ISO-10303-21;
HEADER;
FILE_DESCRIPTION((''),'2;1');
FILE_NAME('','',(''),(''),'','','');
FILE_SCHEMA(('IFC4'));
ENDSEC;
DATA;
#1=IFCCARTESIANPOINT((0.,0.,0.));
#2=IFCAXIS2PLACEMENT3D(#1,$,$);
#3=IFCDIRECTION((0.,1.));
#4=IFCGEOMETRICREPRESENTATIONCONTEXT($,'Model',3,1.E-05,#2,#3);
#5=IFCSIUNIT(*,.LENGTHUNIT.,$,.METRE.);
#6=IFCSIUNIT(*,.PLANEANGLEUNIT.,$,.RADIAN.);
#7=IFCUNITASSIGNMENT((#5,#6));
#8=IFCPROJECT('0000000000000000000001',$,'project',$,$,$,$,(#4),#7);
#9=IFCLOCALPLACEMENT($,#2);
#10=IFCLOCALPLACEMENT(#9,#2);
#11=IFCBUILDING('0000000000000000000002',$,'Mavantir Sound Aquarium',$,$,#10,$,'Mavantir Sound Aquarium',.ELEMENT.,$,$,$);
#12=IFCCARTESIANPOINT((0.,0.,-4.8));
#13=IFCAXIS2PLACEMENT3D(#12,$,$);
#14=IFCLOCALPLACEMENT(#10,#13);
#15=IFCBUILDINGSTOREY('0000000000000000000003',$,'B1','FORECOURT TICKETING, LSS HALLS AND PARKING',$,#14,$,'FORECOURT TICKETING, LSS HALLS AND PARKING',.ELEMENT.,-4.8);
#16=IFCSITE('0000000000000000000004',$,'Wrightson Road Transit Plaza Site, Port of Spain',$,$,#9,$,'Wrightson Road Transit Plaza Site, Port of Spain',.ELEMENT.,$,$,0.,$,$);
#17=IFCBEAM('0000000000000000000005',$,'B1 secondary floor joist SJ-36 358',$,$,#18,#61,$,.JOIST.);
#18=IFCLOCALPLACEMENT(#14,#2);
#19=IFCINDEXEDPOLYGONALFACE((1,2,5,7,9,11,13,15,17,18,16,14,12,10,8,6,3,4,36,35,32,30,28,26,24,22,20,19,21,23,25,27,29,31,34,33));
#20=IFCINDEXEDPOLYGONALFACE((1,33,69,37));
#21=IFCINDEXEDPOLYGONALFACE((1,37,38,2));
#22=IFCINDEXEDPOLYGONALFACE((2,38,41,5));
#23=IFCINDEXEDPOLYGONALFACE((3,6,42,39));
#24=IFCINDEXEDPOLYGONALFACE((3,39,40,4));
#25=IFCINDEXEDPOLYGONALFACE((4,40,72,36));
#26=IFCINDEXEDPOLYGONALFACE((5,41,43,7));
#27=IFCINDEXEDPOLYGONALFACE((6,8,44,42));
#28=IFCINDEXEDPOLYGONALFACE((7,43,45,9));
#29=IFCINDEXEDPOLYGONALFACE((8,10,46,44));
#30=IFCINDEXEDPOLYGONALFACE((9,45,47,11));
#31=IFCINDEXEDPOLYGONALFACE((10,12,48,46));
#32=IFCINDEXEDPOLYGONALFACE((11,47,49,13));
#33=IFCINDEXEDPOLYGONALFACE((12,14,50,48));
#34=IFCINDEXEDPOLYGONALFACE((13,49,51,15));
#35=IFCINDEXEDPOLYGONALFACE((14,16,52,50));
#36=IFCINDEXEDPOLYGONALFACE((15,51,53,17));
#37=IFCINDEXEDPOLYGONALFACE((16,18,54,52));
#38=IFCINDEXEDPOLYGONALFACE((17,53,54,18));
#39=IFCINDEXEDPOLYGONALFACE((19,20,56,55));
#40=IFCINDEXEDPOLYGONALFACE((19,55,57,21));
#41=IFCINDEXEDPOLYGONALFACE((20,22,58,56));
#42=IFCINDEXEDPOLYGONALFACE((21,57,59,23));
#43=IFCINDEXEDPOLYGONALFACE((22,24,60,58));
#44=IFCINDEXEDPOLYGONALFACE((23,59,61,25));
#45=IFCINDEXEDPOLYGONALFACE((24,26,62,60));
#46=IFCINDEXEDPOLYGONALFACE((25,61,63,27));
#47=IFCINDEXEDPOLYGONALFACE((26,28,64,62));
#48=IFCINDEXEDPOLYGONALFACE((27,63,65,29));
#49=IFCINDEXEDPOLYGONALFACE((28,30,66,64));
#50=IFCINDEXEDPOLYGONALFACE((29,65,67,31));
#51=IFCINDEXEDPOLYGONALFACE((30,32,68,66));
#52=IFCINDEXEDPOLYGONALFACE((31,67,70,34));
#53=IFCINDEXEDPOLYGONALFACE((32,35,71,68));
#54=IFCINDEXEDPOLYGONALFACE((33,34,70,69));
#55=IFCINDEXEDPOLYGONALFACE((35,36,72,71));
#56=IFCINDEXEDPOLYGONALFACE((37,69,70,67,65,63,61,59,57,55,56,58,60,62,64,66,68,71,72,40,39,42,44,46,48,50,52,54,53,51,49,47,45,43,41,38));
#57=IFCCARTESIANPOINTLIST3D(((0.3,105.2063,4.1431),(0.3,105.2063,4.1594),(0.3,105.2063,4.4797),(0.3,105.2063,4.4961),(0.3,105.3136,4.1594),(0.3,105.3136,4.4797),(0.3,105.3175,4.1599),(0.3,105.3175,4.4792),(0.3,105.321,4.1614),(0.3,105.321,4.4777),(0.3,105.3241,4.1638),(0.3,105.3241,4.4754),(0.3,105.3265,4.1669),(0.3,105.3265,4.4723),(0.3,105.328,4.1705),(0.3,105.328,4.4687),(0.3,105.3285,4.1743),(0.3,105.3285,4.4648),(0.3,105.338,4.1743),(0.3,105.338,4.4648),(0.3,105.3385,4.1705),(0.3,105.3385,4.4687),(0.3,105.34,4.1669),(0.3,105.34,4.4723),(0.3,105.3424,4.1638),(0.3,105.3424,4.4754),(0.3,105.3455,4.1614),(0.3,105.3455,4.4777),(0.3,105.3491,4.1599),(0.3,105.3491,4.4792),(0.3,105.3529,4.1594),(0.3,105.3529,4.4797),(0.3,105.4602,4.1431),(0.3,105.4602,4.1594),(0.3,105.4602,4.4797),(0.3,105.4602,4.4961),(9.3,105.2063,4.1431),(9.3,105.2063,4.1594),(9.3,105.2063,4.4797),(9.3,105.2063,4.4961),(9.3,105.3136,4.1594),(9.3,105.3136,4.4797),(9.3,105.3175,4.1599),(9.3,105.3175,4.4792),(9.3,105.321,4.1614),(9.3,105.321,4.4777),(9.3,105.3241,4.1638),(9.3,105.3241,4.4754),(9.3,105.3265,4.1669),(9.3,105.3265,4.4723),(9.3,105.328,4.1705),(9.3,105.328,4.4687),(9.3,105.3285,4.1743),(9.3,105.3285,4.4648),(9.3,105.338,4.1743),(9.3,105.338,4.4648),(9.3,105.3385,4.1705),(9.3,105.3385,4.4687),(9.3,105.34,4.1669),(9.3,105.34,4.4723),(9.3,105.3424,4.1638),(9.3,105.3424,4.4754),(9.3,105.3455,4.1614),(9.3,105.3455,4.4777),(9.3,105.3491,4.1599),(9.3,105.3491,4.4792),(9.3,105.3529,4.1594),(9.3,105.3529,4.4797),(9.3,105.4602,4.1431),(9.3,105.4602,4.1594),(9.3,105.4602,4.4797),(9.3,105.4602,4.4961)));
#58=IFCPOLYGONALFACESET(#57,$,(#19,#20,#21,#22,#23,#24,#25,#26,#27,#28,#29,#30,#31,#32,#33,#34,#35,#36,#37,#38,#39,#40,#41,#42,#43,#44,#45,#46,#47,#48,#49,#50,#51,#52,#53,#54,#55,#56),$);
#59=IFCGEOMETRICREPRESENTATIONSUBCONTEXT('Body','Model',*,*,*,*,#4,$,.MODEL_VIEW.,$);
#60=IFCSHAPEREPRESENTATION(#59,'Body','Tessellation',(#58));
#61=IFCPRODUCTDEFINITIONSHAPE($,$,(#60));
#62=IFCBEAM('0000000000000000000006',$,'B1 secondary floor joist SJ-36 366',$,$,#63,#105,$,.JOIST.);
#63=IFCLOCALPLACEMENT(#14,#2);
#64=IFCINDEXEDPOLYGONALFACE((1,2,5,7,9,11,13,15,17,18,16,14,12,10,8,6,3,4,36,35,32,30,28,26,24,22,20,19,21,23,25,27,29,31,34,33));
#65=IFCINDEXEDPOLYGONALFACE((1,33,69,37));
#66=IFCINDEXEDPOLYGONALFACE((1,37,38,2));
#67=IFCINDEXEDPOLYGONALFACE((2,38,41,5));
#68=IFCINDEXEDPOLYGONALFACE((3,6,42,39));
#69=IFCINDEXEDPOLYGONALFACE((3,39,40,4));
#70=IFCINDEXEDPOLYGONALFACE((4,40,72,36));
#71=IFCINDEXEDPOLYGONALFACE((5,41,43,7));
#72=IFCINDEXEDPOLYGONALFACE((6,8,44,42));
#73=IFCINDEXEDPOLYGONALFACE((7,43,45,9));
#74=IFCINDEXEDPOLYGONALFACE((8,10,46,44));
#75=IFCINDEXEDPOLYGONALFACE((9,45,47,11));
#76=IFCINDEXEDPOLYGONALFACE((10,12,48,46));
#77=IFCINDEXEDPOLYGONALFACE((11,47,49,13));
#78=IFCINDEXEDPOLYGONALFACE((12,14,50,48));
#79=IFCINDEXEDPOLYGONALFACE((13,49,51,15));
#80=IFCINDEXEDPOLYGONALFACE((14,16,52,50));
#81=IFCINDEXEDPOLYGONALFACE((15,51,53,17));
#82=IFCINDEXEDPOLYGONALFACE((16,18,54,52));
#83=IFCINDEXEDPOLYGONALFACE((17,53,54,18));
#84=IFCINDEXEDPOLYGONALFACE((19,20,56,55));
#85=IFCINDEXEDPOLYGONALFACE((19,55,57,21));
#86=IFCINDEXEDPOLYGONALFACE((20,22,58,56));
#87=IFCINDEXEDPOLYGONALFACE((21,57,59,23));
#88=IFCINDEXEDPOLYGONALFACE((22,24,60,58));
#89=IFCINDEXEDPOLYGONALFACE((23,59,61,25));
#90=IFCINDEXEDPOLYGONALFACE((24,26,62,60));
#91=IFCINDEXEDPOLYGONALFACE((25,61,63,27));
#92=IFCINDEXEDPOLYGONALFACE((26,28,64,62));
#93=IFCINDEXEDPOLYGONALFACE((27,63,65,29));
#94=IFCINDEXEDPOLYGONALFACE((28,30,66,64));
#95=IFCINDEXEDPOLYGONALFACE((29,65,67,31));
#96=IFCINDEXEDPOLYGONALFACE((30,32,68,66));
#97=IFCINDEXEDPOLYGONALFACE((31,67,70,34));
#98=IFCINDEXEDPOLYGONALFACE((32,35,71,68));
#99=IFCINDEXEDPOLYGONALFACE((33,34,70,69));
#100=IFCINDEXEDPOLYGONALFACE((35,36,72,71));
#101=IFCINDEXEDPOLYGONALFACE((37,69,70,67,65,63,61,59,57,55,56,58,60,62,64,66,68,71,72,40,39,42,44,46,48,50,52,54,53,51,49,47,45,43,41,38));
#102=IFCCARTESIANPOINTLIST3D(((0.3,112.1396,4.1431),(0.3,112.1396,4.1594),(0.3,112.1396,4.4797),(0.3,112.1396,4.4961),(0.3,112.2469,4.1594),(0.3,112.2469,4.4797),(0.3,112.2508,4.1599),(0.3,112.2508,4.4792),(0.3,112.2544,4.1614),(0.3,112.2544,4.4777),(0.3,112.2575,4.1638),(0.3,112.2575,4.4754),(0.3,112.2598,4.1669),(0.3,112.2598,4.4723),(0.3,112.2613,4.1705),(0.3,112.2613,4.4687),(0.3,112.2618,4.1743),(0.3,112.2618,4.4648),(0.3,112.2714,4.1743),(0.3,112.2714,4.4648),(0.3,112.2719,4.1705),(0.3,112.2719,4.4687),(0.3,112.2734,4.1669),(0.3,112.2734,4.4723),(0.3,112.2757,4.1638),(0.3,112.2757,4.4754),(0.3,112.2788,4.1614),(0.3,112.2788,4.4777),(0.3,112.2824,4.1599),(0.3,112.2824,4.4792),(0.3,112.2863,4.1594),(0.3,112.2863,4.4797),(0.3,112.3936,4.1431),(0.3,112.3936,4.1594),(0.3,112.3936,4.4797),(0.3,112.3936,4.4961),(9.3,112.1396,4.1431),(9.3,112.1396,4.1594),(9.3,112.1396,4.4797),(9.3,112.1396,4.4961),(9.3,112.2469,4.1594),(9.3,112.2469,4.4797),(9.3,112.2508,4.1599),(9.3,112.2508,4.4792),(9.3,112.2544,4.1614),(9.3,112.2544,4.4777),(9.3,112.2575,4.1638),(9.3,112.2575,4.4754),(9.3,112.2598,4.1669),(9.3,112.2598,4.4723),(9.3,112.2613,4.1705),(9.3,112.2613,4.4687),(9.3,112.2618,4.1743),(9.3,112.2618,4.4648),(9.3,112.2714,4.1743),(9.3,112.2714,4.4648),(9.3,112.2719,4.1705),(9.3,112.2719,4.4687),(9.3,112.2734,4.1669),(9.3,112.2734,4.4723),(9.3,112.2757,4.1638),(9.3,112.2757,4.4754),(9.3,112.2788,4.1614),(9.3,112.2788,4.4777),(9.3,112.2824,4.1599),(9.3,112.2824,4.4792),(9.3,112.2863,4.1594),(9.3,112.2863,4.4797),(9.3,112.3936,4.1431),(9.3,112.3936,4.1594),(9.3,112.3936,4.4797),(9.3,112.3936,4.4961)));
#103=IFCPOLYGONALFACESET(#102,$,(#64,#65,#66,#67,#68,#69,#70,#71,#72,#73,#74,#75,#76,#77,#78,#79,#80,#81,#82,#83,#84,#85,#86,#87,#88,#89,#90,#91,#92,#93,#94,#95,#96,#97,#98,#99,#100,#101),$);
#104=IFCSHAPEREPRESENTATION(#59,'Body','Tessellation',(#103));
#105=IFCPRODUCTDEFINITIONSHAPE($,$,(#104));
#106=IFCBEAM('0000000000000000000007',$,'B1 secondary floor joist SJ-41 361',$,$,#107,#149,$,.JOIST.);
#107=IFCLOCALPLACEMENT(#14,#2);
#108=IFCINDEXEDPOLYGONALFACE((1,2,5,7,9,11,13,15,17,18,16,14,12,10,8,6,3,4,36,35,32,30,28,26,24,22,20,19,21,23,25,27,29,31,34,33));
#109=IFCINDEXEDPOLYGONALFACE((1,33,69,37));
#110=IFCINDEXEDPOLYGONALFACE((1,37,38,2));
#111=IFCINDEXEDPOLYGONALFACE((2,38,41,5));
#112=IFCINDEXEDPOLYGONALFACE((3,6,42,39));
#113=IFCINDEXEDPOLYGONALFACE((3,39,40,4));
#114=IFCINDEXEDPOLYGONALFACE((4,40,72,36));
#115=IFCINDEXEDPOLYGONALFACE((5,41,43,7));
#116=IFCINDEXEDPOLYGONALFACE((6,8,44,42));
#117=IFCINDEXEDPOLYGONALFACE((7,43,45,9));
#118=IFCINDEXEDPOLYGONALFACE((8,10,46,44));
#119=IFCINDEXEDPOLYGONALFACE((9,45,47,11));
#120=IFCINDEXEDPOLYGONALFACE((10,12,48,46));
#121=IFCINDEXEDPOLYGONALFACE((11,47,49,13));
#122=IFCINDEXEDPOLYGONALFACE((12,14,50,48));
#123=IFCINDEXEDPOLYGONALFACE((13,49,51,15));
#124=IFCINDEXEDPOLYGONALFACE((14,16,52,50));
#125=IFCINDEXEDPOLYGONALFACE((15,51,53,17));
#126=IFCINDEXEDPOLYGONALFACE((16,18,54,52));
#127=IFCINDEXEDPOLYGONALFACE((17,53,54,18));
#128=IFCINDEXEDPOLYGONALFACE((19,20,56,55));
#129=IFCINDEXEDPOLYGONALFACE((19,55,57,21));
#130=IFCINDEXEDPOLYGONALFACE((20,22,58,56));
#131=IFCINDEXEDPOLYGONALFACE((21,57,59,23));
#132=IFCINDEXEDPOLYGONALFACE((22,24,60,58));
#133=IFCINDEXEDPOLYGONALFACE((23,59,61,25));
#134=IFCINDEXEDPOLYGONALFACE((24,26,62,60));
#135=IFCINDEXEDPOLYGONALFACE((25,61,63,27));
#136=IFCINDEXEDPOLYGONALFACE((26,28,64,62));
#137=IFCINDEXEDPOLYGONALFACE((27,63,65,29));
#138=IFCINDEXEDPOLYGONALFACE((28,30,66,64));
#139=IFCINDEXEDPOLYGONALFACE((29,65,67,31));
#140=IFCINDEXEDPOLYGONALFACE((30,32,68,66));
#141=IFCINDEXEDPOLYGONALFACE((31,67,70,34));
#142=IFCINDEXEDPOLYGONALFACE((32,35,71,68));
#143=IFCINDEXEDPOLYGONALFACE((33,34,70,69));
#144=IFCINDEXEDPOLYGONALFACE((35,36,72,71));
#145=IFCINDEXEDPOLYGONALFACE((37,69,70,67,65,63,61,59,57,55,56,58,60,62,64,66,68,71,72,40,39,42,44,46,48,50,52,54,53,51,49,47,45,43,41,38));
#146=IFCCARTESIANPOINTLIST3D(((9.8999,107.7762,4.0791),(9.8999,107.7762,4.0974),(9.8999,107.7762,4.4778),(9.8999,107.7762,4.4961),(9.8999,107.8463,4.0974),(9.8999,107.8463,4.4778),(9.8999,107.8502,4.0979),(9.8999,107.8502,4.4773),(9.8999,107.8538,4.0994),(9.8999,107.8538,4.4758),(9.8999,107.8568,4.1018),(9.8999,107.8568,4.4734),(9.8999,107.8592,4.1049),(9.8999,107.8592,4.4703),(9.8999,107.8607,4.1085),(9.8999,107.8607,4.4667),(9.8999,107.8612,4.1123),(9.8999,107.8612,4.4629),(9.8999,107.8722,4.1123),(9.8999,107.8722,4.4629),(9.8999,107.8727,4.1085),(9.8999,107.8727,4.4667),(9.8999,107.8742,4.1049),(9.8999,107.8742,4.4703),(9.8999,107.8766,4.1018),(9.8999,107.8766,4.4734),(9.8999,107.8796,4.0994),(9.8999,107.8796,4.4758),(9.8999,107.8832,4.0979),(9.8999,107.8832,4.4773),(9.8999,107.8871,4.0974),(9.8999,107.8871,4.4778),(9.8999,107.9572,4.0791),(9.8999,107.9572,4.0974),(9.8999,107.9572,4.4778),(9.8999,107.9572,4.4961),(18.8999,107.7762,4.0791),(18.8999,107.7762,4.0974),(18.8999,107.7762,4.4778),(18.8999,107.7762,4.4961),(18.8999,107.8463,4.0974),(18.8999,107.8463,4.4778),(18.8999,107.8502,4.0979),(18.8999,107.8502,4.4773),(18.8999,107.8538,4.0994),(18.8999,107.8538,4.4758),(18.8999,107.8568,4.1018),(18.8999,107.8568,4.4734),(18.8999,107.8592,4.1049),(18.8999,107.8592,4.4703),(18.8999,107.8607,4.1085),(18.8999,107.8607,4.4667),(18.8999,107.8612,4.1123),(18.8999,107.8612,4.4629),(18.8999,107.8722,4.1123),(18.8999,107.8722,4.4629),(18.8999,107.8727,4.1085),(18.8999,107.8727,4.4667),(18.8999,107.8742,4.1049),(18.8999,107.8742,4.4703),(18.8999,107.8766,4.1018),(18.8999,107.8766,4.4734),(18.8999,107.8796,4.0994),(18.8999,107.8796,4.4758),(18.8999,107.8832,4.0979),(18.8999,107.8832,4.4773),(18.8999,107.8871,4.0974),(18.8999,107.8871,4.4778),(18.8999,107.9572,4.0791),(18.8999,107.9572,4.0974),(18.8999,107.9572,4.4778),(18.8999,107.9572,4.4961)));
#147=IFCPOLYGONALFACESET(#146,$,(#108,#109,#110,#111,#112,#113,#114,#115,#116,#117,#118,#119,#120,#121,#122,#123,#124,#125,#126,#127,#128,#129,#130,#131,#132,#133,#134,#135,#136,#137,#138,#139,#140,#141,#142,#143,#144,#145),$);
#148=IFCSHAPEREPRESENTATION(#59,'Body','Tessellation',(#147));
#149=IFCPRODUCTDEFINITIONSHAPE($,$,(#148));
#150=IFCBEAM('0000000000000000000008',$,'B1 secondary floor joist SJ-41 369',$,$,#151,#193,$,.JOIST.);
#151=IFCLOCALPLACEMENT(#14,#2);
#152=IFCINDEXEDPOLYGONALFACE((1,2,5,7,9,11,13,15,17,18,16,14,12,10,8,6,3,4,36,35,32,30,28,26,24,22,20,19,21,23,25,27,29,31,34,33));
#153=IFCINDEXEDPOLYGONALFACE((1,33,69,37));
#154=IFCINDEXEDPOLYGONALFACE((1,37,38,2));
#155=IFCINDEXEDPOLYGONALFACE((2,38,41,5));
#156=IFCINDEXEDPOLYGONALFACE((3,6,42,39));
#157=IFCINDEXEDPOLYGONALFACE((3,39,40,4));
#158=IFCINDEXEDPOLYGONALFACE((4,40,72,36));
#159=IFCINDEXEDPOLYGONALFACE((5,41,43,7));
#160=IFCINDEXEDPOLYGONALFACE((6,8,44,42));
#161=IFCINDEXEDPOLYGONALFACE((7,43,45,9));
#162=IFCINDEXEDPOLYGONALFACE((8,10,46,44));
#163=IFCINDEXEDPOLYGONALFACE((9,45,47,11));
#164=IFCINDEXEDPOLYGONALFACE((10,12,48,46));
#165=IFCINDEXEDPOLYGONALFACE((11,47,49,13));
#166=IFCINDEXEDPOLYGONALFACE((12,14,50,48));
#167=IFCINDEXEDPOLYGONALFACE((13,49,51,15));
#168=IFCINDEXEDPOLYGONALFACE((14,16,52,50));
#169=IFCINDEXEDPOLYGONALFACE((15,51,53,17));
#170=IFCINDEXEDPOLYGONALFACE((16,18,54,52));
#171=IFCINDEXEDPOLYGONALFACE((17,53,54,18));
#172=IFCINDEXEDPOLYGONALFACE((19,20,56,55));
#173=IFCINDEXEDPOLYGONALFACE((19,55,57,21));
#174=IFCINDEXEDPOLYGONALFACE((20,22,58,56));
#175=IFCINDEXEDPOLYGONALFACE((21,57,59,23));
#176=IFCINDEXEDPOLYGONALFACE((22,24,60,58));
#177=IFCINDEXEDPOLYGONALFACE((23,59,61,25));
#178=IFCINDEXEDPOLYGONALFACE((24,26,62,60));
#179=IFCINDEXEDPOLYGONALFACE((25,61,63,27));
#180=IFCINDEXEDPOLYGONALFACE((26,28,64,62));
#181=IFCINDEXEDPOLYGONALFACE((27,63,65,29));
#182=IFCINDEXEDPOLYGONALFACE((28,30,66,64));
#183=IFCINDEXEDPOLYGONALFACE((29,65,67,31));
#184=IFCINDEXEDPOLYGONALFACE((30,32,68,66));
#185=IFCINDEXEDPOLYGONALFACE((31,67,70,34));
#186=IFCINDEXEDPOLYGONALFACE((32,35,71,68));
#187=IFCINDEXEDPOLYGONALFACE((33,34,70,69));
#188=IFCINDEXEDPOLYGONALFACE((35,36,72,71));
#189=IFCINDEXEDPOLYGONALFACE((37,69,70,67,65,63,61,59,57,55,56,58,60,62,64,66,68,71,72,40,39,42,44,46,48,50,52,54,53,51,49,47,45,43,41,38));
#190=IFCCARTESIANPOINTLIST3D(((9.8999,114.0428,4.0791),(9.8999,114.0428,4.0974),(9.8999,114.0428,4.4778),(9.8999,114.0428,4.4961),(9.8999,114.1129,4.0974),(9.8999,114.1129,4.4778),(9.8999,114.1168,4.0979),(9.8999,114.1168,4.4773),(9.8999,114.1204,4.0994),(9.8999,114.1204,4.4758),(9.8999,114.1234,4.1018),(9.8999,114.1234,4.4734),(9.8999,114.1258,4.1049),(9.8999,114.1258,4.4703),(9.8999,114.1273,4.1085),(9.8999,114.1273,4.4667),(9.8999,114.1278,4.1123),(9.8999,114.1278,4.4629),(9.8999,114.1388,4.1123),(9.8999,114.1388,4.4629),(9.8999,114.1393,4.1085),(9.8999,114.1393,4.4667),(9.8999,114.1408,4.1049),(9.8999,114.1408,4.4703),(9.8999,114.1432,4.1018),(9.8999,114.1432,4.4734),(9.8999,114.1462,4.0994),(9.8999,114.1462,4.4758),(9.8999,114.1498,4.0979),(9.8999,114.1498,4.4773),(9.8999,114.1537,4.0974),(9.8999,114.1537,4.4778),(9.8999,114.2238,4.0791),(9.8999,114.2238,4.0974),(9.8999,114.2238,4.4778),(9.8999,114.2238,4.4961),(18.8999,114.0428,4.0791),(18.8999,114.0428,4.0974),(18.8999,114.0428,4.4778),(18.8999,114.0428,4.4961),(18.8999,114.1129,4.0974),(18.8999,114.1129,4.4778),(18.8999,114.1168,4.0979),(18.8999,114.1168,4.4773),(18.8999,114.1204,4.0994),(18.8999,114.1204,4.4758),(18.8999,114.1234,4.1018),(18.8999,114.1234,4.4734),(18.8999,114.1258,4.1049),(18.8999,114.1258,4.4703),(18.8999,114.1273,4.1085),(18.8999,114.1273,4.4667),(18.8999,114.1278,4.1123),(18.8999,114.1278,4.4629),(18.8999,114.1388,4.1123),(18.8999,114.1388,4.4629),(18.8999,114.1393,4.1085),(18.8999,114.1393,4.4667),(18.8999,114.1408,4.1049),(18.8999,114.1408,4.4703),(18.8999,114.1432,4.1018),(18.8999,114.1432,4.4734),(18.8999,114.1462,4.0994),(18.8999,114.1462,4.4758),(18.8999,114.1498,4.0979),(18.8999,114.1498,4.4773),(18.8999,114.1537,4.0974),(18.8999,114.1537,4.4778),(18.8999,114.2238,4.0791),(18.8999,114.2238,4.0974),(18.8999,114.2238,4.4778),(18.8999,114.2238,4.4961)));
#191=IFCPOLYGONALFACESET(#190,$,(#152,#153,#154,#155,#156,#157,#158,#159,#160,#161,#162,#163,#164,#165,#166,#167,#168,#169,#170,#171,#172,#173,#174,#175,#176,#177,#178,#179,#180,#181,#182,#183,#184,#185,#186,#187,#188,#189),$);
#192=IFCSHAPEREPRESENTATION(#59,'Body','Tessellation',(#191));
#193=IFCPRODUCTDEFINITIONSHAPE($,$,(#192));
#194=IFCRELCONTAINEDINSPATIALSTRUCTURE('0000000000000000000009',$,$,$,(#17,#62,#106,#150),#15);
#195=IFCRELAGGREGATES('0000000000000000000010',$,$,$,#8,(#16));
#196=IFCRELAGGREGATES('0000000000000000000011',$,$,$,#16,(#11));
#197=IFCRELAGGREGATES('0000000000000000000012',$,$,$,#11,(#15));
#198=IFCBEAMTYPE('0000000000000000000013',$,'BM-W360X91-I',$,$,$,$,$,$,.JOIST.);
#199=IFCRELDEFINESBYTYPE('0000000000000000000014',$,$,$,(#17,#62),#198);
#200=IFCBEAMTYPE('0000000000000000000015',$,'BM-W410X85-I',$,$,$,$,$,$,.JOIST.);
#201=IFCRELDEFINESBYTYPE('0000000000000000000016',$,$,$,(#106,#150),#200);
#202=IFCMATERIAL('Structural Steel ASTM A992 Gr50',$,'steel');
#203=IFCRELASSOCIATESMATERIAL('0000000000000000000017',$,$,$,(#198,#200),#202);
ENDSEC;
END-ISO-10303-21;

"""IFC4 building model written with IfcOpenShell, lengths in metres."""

from ifc_helpers import new_model, si_unit, direction, frame, origin, origin_2d, place, context, subcontext, project, spatial, i_section, extrude, material, material_profile, profile_set, type_object, element, save


model = new_model("IFC4")

# Units and contexts
model_context = context("Model", 3, precision=1e-05, world=origin(), true_north=direction((0.0, 1.0)))
body_context = subcontext(model_context, "Body", "Model", "MODEL_VIEW")
ifc_project = project(units=[si_unit("LENGTHUNIT", "METRE"), si_unit("PLANEANGLEUNIT", "RADIAN")], contexts=[model_context])

# Site, building, storey
site_placement = place(None, origin())
site = spatial("IfcSite", under=ifc_project, at=site_placement, Name="Wrightson Road Transit Plaza Site, Port of Spain", LongName="Wrightson Road Transit Plaza Site, Port of Spain", CompositionType="ELEMENT", RefElevation=0.0)
building_placement = place(site_placement, origin())
building = spatial("IfcBuilding", under=site, at=building_placement, Name="Mavantir Sound Aquarium", LongName="Mavantir Sound Aquarium", CompositionType="ELEMENT")
storey_placement = place(building_placement, frame((0.0, 0.0, -4.8)))
storey = spatial("IfcBuildingStorey", under=building, at=storey_placement, Name="B1", Description="FORECOURT TICKETING, LSS HALLS AND PARKING", LongName="FORECOURT TICKETING, LSS HALLS AND PARKING", CompositionType="ELEMENT", Elevation=-4.8)

# Beams
ifc_material_1 = material(Name="Structural Steel ASTM A992 Gr50", Category="steel")
ifc_material_profile_1 = material_profile(ifc_material_1, i_section(OverallWidth=0.2539, OverallDepth=0.353, WebThickness=0.0095, FlangeThickness=0.0164, FilletRadius=0.0149, at=origin_2d()), Name="W360X91")
ifc_profile_set_1 = profile_set([ifc_material_profile_1], Name="Structural Steel ASTM A992 Gr50")
beam_type_1 = type_object("IfcBeamType", Name="BM-W360X91-I", PredefinedType="JOIST", material=ifc_profile_set_1)
for number, where, z_axis, x_axis, name in (
    (1, (0.3, 105.3333, 4.3196), (1.0, 0.0, 0.0), (0.0, 1.0, 0.0), "B1 secondary floor joist SJ-36 358"),
    (2, (0.3, 112.2666, 4.3196), (1.0, 0.0, 0.0), (0.0, 1.0, 0.0), "B1 secondary floor joist SJ-36 366"),
):
    element("IfcBeam", number, at=place(storey_placement, frame(where, z_axis=z_axis, x_axis=x_axis)), inside=storey, type_object=beam_type_1, Name=name, PredefinedType="JOIST", context=body_context, shape_type="SweptSolid", body=[
        extrude(i_section(OverallWidth=0.2539, OverallDepth=0.353, WebThickness=0.0095, FlangeThickness=0.0164, FilletRadius=0.0149, at=origin_2d()), origin(), (0.0, 0.0, 1.0), 9.0),
    ])
ifc_material_profile_2 = material_profile(ifc_material_1, i_section(OverallWidth=0.1809, OverallDepth=0.417, WebThickness=0.011, FlangeThickness=0.0183, FilletRadius=0.0149, at=origin_2d()), Name="W410X85")
ifc_profile_set_2 = profile_set([ifc_material_profile_2], Name="Structural Steel ASTM A992 Gr50")
beam_type_2 = type_object("IfcBeamType", Name="BM-W410X85-I", PredefinedType="JOIST", material=ifc_profile_set_2)
for number, where, z_axis, x_axis, name in (
    (3, (9.8999, 107.8667, 4.2876), (1.0, 0.0, 0.0), (0.0, 1.0, 0.0), "B1 secondary floor joist SJ-41 361"),
    (4, (9.8999, 114.1333, 4.2876), (1.0, 0.0, 0.0), (0.0, 1.0, 0.0), "B1 secondary floor joist SJ-41 369"),
):
    element("IfcBeam", number, at=place(storey_placement, frame(where, z_axis=z_axis, x_axis=x_axis)), inside=storey, type_object=beam_type_2, Name=name, PredefinedType="JOIST", context=body_context, shape_type="SweptSolid", body=[
        extrude(i_section(OverallWidth=0.1809, OverallDepth=0.417, WebThickness=0.011, FlangeThickness=0.0183, FilletRadius=0.0149, at=origin_2d()), origin(), (0.0, 0.0, 1.0), 9.0),
    ])

save(model, "model.ifc")
